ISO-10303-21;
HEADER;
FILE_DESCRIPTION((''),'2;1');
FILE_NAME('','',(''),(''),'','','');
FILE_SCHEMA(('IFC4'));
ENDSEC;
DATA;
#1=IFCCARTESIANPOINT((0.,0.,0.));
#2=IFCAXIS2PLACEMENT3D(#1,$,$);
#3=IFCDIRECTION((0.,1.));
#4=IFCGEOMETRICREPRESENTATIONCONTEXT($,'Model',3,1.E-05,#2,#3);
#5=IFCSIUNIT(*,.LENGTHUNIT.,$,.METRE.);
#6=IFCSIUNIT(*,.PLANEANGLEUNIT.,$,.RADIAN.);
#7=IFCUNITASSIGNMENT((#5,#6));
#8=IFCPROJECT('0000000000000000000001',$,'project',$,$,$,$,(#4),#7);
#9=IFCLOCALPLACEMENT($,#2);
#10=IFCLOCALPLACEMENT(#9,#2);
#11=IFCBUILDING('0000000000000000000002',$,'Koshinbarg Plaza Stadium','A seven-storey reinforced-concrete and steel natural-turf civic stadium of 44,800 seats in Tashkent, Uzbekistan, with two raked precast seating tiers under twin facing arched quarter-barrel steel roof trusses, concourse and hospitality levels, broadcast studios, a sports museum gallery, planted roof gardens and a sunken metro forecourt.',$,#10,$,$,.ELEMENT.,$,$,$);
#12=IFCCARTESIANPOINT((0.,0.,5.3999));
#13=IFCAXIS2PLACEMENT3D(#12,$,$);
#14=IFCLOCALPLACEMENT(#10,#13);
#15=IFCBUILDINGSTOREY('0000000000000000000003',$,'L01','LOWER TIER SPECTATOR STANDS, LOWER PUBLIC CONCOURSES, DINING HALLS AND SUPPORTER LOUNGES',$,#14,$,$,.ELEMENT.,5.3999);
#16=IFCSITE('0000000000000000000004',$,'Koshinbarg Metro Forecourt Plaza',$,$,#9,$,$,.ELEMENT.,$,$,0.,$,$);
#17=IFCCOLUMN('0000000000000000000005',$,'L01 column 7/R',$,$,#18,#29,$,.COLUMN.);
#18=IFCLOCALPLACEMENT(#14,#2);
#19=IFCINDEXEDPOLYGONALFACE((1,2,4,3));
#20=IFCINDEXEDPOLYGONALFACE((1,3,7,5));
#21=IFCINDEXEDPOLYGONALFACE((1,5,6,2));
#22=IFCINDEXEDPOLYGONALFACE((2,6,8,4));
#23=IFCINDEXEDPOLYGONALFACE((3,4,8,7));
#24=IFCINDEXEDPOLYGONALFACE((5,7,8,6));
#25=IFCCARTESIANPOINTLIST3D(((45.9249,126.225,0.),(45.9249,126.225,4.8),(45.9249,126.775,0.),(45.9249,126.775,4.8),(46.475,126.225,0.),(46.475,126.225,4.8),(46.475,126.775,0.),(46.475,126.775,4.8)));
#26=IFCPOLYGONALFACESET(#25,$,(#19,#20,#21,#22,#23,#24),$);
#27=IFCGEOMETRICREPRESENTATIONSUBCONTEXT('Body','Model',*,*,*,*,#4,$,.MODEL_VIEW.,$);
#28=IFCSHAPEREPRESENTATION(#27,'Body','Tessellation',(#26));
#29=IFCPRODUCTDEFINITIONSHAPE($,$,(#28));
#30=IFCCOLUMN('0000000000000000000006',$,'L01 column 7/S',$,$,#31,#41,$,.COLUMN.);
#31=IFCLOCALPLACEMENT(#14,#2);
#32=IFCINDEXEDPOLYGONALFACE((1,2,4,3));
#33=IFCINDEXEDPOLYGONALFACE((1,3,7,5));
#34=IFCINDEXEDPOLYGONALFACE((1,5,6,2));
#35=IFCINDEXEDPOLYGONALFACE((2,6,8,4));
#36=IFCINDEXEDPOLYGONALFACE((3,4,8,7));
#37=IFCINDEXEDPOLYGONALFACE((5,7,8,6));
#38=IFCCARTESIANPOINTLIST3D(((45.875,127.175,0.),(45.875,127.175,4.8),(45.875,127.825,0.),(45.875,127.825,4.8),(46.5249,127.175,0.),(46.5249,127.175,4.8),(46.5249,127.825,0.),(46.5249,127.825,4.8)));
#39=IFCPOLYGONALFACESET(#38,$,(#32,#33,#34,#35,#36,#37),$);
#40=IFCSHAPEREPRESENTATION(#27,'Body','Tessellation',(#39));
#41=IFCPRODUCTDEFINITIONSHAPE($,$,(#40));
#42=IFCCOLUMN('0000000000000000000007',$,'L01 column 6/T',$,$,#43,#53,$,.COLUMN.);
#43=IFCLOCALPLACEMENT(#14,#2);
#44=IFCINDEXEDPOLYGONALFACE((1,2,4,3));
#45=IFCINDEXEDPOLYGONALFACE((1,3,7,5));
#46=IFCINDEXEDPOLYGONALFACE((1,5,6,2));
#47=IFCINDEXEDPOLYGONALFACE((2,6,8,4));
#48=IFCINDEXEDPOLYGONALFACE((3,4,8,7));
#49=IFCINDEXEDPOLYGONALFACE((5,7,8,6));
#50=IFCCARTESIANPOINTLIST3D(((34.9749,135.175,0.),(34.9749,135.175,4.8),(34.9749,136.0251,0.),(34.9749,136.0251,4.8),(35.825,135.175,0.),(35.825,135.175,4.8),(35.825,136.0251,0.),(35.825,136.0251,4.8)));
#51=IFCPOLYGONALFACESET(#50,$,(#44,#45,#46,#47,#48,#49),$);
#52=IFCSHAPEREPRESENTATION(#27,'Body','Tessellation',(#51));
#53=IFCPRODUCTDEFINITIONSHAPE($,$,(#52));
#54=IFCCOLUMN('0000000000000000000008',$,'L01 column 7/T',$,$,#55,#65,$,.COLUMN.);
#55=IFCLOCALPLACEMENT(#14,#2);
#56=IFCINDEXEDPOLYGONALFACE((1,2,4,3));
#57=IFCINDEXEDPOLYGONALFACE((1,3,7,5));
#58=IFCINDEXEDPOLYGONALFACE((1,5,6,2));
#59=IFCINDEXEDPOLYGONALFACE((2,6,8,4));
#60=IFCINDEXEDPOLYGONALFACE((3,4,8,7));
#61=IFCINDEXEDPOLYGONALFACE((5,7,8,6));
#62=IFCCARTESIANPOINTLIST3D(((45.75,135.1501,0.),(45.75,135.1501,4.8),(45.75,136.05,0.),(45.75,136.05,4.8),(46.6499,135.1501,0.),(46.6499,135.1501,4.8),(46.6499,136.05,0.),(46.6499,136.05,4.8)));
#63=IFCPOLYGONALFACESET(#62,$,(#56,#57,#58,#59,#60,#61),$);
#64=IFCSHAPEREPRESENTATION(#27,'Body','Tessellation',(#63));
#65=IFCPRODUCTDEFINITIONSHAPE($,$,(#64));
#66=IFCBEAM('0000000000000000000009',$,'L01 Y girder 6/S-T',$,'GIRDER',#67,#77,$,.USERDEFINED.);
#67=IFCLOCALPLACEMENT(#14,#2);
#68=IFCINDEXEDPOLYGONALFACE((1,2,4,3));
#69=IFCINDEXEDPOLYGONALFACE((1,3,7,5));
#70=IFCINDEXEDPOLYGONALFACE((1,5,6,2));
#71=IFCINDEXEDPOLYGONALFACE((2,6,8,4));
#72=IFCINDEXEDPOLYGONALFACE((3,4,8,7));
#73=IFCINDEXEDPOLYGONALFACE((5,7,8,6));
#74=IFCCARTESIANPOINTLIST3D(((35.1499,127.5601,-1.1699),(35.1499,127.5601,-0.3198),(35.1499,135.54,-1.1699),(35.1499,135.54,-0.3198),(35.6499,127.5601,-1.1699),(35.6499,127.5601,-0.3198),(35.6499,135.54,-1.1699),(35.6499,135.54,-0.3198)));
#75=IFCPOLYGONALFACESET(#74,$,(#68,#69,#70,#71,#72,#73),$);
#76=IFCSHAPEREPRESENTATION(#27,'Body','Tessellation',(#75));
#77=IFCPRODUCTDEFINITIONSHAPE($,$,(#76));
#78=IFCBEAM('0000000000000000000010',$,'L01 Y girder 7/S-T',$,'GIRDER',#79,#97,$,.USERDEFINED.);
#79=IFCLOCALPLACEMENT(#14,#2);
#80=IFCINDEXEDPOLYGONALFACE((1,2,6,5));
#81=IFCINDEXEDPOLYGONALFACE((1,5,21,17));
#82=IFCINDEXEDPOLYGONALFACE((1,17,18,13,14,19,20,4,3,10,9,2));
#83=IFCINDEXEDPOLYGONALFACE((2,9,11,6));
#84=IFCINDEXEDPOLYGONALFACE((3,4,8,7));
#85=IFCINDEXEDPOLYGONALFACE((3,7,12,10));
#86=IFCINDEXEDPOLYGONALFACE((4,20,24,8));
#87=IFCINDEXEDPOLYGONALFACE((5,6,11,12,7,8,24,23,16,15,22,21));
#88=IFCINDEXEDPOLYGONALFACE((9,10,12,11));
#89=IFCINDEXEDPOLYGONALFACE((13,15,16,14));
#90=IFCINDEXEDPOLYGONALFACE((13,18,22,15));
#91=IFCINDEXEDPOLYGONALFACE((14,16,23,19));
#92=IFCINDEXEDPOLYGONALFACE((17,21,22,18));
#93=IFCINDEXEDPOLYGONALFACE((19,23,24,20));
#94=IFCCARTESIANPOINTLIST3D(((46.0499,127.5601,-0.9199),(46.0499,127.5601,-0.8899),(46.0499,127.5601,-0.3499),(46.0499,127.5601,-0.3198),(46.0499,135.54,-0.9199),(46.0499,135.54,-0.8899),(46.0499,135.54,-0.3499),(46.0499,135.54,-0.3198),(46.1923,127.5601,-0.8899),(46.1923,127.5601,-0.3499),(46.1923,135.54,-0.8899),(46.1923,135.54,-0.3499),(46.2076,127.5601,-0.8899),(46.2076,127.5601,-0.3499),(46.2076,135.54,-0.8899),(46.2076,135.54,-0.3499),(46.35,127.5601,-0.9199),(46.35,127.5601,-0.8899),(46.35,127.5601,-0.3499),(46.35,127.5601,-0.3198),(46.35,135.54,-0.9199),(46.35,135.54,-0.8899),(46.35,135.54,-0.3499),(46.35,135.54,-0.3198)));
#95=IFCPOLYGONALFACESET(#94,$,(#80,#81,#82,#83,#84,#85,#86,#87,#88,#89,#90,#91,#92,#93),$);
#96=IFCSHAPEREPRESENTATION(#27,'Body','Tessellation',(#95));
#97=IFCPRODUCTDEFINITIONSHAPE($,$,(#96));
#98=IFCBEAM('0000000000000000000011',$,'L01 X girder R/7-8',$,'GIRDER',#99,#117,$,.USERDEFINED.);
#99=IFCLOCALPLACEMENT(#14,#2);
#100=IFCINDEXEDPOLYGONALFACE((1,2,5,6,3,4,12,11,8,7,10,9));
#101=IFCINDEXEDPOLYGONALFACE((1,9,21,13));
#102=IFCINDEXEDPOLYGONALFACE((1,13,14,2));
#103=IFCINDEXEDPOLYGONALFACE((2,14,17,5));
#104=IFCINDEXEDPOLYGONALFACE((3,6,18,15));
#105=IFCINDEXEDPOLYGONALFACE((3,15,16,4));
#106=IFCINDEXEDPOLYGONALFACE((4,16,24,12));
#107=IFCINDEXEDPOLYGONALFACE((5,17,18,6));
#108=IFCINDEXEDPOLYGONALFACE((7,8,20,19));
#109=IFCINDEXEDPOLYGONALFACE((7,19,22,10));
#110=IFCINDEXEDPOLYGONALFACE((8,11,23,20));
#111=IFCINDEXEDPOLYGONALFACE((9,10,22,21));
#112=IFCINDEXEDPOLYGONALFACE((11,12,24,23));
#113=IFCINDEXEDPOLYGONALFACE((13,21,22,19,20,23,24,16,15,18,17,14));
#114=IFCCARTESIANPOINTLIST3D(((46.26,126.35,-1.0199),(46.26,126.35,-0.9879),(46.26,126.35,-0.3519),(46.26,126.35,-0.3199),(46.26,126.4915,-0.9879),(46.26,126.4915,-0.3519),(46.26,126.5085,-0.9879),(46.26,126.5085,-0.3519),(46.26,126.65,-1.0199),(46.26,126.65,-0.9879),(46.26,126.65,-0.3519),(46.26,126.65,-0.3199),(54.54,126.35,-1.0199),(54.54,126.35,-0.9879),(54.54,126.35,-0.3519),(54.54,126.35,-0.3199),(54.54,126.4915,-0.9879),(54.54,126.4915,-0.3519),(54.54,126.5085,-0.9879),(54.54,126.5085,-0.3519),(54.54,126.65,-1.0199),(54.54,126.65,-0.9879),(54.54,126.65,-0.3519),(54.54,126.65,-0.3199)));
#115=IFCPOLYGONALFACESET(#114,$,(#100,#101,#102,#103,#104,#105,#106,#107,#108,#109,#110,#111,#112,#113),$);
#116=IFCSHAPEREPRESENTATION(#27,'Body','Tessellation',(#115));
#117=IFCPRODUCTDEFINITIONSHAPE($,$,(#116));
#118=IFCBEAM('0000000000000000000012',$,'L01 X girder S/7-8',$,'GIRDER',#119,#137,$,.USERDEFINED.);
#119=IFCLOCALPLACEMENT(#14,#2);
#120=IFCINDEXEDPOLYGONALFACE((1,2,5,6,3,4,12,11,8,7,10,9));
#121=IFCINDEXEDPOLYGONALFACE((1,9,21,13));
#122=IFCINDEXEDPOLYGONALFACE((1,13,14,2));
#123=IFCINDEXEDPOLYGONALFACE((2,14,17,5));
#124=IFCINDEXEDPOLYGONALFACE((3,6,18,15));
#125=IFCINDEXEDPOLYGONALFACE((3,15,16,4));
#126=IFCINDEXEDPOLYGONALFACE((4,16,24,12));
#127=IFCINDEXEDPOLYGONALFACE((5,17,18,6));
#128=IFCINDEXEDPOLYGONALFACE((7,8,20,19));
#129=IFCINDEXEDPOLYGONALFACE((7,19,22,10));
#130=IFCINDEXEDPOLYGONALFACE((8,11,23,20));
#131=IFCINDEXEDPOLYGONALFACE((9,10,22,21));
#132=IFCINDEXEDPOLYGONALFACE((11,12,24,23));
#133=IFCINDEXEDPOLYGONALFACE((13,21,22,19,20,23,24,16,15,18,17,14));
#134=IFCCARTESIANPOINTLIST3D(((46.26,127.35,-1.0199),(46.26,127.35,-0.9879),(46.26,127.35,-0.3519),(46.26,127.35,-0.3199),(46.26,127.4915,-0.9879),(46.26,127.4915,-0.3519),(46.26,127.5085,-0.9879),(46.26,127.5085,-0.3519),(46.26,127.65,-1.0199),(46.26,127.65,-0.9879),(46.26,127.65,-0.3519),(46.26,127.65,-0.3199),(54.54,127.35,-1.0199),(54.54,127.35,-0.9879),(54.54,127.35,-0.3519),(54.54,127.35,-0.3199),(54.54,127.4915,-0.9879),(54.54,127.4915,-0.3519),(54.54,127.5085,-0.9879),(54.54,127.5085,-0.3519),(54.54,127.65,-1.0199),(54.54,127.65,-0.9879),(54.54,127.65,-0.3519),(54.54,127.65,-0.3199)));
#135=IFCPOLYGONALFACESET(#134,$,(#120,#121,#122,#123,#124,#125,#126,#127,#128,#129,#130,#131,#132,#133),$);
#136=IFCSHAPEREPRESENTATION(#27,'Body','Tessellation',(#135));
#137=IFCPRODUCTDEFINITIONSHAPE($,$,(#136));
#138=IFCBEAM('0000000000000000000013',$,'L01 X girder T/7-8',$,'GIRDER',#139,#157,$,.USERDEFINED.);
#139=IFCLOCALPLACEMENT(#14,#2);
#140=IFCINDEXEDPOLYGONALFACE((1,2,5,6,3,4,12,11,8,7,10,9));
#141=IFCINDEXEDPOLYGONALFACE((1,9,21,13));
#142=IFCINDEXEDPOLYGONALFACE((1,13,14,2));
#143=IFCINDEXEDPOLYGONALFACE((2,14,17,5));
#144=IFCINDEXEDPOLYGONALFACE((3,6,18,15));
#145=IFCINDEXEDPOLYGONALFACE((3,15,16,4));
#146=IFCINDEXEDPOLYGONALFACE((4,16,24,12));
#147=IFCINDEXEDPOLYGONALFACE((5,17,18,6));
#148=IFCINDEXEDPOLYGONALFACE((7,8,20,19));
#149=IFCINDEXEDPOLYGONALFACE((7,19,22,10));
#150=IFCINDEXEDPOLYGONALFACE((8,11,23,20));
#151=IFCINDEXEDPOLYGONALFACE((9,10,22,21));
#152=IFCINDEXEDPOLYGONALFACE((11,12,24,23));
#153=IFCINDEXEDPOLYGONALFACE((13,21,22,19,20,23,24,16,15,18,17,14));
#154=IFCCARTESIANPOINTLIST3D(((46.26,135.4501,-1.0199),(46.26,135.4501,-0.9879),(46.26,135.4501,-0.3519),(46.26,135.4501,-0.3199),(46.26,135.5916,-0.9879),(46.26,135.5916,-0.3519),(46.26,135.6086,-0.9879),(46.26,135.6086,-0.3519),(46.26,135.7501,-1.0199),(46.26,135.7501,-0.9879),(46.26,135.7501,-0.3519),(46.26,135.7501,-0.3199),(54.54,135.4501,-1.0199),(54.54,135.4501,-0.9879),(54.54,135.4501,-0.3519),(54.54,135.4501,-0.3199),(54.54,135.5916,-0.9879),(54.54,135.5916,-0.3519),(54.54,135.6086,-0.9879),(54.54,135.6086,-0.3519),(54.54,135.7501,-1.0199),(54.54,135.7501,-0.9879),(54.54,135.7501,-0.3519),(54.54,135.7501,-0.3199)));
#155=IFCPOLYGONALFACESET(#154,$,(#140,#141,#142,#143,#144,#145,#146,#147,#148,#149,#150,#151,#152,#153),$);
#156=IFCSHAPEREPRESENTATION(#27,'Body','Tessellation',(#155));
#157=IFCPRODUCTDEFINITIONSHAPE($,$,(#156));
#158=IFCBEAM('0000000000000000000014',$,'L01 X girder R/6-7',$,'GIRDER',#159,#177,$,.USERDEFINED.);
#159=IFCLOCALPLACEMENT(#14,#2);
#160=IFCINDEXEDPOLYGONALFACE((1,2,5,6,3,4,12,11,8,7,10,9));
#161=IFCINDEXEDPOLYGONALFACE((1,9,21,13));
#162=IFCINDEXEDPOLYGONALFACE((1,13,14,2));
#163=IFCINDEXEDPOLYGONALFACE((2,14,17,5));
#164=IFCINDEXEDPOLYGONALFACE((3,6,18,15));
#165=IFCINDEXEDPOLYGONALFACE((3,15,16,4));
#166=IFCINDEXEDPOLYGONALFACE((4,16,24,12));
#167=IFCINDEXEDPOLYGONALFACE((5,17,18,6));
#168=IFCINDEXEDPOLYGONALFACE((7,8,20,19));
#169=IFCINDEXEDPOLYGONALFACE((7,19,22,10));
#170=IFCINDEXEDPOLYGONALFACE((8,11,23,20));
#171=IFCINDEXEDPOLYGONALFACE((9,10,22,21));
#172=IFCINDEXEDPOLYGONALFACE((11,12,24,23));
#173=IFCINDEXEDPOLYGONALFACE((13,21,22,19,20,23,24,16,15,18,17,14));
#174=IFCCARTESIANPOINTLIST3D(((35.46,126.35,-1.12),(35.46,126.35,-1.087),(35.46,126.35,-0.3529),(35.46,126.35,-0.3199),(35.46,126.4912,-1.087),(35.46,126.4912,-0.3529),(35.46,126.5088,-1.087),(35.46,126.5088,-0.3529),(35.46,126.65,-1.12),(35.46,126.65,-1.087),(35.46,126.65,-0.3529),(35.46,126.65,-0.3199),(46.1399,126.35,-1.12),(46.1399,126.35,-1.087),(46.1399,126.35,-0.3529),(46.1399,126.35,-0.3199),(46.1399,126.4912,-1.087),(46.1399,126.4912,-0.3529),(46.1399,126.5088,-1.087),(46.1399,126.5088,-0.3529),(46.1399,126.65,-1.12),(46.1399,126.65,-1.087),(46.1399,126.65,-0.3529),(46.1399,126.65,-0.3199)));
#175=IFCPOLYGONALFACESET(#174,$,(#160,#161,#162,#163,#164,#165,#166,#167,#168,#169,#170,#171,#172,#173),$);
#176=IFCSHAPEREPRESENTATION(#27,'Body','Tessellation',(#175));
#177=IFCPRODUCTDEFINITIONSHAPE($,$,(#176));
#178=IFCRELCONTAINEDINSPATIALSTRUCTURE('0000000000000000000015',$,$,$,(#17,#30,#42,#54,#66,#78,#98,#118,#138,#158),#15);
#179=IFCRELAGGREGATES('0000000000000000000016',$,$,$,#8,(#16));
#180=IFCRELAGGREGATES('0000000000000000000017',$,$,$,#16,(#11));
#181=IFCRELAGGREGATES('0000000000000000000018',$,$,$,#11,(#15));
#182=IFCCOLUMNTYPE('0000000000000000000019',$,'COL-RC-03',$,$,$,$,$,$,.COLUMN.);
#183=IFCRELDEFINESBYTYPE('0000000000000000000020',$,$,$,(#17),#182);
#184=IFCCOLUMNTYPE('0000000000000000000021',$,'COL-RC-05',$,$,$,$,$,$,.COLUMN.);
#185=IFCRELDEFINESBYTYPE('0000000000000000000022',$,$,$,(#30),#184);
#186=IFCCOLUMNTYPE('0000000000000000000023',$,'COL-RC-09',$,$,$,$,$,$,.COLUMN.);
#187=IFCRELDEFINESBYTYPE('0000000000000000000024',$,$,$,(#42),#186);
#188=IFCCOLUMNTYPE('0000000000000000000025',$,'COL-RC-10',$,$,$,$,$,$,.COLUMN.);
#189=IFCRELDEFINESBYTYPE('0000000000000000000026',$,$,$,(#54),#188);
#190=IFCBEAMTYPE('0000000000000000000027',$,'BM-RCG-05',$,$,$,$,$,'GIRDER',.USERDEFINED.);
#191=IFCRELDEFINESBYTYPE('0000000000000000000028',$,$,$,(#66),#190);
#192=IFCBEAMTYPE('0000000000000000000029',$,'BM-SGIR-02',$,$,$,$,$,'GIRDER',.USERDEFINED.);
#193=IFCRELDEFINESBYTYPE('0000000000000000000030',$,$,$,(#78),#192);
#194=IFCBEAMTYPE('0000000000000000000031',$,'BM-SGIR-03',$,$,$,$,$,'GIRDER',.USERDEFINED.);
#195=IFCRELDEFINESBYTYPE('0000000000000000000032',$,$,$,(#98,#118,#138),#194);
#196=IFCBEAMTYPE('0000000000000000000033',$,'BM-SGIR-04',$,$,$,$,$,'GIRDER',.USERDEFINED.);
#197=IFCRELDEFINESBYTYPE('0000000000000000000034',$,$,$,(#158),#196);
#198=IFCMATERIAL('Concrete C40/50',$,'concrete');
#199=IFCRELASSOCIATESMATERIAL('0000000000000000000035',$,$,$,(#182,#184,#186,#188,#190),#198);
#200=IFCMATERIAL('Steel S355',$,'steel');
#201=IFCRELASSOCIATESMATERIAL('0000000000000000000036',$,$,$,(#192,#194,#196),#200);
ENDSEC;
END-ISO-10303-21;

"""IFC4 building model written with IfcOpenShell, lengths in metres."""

from ifc_helpers import new_model, si_unit, direction, frame, origin, origin_2d, place, context, subcontext, project, spatial, rectangle, i_section, extrude, material, material_profile, profile_set, type_object, element, save


model = new_model("IFC4")

# Units and contexts
model_context = context("Model", 3, precision=1e-05, world=origin(), true_north=direction((0.0, 1.0)))
body_context = subcontext(model_context, "Body", "Model", "MODEL_VIEW")
ifc_project = project(units=[si_unit("LENGTHUNIT", "METRE"), si_unit("PLANEANGLEUNIT", "RADIAN")], contexts=[model_context])

# Site, building, storey
site_placement = place(None, origin())
site = spatial("IfcSite", under=ifc_project, at=site_placement, Name="Koshinbarg Metro Forecourt Plaza", CompositionType="ELEMENT", RefElevation=0.0)
building_placement = place(site_placement, origin())
building = spatial("IfcBuilding", under=site, at=building_placement, Name="Koshinbarg Plaza Stadium", Description="A seven-storey reinforced-concrete and steel natural-turf civic stadium of 44,800 seats in Tashkent, Uzbekistan, with two raked precast seating tiers under twin facing arched quarter-barrel steel roof trusses, concourse and hospitality levels, broadcast studios, a sports museum gallery, planted roof gardens and a sunken metro forecourt.", CompositionType="ELEMENT")
storey_placement = place(building_placement, frame((0.0, 0.0, 5.3999)))
storey = spatial("IfcBuildingStorey", under=building, at=storey_placement, Name="L01", Description="LOWER TIER SPECTATOR STANDS, LOWER PUBLIC CONCOURSES, DINING HALLS AND SUPPORTER LOUNGES", CompositionType="ELEMENT", Elevation=5.3999)

# Columns
ifc_material_1 = material(Name="Concrete C40/50", Category="concrete")
ifc_material_profile_1 = material_profile(ifc_material_1, rectangle(XDim=0.55, YDim=0.55, at=origin_2d()), Name="RC 550x550")
ifc_profile_set_1 = profile_set([ifc_material_profile_1], Name="Concrete C40/50")
column_type_1 = type_object("IfcColumnType", Name="COL-RC-03", PredefinedType="COLUMN", material=ifc_profile_set_1)
column_1_placement = place(storey_placement, frame((46.2, 126.5, 0.0), z_axis=(0.0, 0.0, 1.0), x_axis=(1.0, 0.0, 0.0)))
element("IfcColumn", 1, at=column_1_placement, inside=storey, type_object=column_type_1, Name="L01 column 7/R", PredefinedType="COLUMN", context=body_context, shape_type="SweptSolid", body=[
    extrude(rectangle(XDim=0.55, YDim=0.55, at=origin_2d()), origin(), (0.0, 0.0, 1.0), 4.8),
])
ifc_material_profile_2 = material_profile(ifc_material_1, rectangle(XDim=0.6499, YDim=0.6499, at=origin_2d()), Name="RC 650x650")
ifc_profile_set_2 = profile_set([ifc_material_profile_2], Name="Concrete C40/50")
column_type_2 = type_object("IfcColumnType", Name="COL-RC-05", PredefinedType="COLUMN", material=ifc_profile_set_2)
column_2_placement = place(storey_placement, frame((46.2, 127.5, 0.0), z_axis=(0.0, 0.0, 1.0), x_axis=(1.0, 0.0, 0.0)))
element("IfcColumn", 2, at=column_2_placement, inside=storey, type_object=column_type_2, Name="L01 column 7/S", PredefinedType="COLUMN", context=body_context, shape_type="SweptSolid", body=[
    extrude(rectangle(XDim=0.6499, YDim=0.6499, at=origin_2d()), origin(), (0.0, 0.0, 1.0), 4.8),
])
ifc_material_profile_3 = material_profile(ifc_material_1, rectangle(XDim=0.8501, YDim=0.8501, at=origin_2d()), Name="RC 850x850")
ifc_profile_set_3 = profile_set([ifc_material_profile_3], Name="Concrete C40/50")
column_type_3 = type_object("IfcColumnType", Name="COL-RC-09", PredefinedType="COLUMN", material=ifc_profile_set_3)
column_3_placement = place(storey_placement, frame((35.3999, 135.6001, 0.0), z_axis=(0.0, 0.0, 1.0), x_axis=(1.0, 0.0, 0.0)))
element("IfcColumn", 3, at=column_3_placement, inside=storey, type_object=column_type_3, Name="L01 column 6/T", PredefinedType="COLUMN", context=body_context, shape_type="SweptSolid", body=[
    extrude(rectangle(XDim=0.8501, YDim=0.8501, at=origin_2d()), origin(), (0.0, 0.0, 1.0), 4.8),
])
ifc_material_profile_4 = material_profile(ifc_material_1, rectangle(XDim=0.8999, YDim=0.8999, at=origin_2d()), Name="RC 900x900")
ifc_profile_set_4 = profile_set([ifc_material_profile_4], Name="Concrete C40/50")
column_type_4 = type_object("IfcColumnType", Name="COL-RC-10", PredefinedType="COLUMN", material=ifc_profile_set_4)
column_4_placement = place(storey_placement, frame((46.2, 135.6001, 0.0), z_axis=(0.0, 0.0, 1.0), x_axis=(1.0, 0.0, 0.0)))
element("IfcColumn", 4, at=column_4_placement, inside=storey, type_object=column_type_4, Name="L01 column 7/T", PredefinedType="COLUMN", context=body_context, shape_type="SweptSolid", body=[
    extrude(rectangle(XDim=0.8999, YDim=0.8999, at=origin_2d()), origin(), (0.0, 0.0, 1.0), 4.8),
])

# Beams
ifc_material_profile_5 = material_profile(ifc_material_1, rectangle(XDim=0.5, YDim=0.8501, at=origin_2d()), Name="RC 500x850")
ifc_profile_set_5 = profile_set([ifc_material_profile_5], Name="Concrete C40/50")
beam_type_1 = type_object("IfcBeamType", Name="BM-RCG-05", ElementType="GIRDER", PredefinedType="USERDEFINED", material=ifc_profile_set_5)
beam_1_placement = place(storey_placement, frame((35.3999, 127.5601, -0.7449), z_axis=(0.0, 1.0, 0.0), x_axis=(-1.0, 0.0, 0.0)))
element("IfcBeam", 5, at=beam_1_placement, inside=storey, type_object=beam_type_1, Name="L01 Y girder 6/S-T", ObjectType="GIRDER", PredefinedType="USERDEFINED", context=body_context, shape_type="SweptSolid", body=[
    extrude(rectangle(XDim=0.5, YDim=0.8501, at=origin_2d()), origin(), (0.0, 0.0, 1.0), 7.98),
])
ifc_material_2 = material(Name="Steel S355", Category="steel")
ifc_material_profile_6 = material_profile(ifc_material_2, i_section(OverallWidth=0.3, OverallDepth=0.6001, WebThickness=0.0154, FlangeThickness=0.03, at=origin_2d()), Name="HEB 600")
ifc_profile_set_6 = profile_set([ifc_material_profile_6], Name="Steel S355")
beam_type_2 = type_object("IfcBeamType", Name="BM-SGIR-02", ElementType="GIRDER", PredefinedType="USERDEFINED", material=ifc_profile_set_6)
beam_2_placement = place(storey_placement, frame((46.2, 127.5601, -0.6199), z_axis=(0.0, 1.0, 0.0), x_axis=(-1.0, 0.0, 0.0)))
element("IfcBeam", 6, at=beam_2_placement, inside=storey, type_object=beam_type_2, Name="L01 Y girder 7/S-T", ObjectType="GIRDER", PredefinedType="USERDEFINED", context=body_context, shape_type="SweptSolid", body=[
    extrude(i_section(OverallWidth=0.3, OverallDepth=0.6001, WebThickness=0.0154, FlangeThickness=0.03, at=origin_2d()), origin(), (0.0, 0.0, 1.0), 7.98),
])
ifc_material_profile_7 = material_profile(ifc_material_2, i_section(OverallWidth=0.3, OverallDepth=0.7, WebThickness=0.0171, FlangeThickness=0.032, at=origin_2d()), Name="HEB 700")
ifc_profile_set_7 = profile_set([ifc_material_profile_7], Name="Steel S355")
beam_type_3 = type_object("IfcBeamType", Name="BM-SGIR-03", ElementType="GIRDER", PredefinedType="USERDEFINED", material=ifc_profile_set_7)
for number, where, z_axis, x_axis, name in (
    (7, (46.26, 126.5, -0.6699), (1.0, 0.0, 0.0), (0.0, 1.0, 0.0), "L01 X girder R/7-8"),
    (8, (46.26, 127.5, -0.6699), (1.0, 0.0, 0.0), (0.0, 1.0, 0.0), "L01 X girder S/7-8"),
    (9, (46.26, 135.6001, -0.6699), (1.0, 0.0, 0.0), (0.0, 1.0, 0.0), "L01 X girder T/7-8"),
):
    element("IfcBeam", number, at=place(storey_placement, frame(where, z_axis=z_axis, x_axis=x_axis)), inside=storey, type_object=beam_type_3, Name=name, ObjectType="GIRDER", PredefinedType="USERDEFINED", context=body_context, shape_type="SweptSolid", body=[
        extrude(i_section(OverallWidth=0.3, OverallDepth=0.7, WebThickness=0.0171, FlangeThickness=0.032, at=origin_2d()), origin(), (0.0, 0.0, 1.0), 8.28),
    ])
ifc_material_profile_8 = material_profile(ifc_material_2, i_section(OverallWidth=0.3, OverallDepth=0.8, WebThickness=0.0176, FlangeThickness=0.033, at=origin_2d()), Name="HEB 800")
ifc_profile_set_8 = profile_set([ifc_material_profile_8], Name="Steel S355")
beam_type_4 = type_object("IfcBeamType", Name="BM-SGIR-04", ElementType="GIRDER", PredefinedType="USERDEFINED", material=ifc_profile_set_8)
for number, where, z_axis, x_axis, name in (
    (10, (35.46, 126.5, -0.72), (1.0, 0.0, 0.0), (0.0, 1.0, 0.0), "L01 X girder R/6-7"),
):
    element("IfcBeam", number, at=place(storey_placement, frame(where, z_axis=z_axis, x_axis=x_axis)), inside=storey, type_object=beam_type_4, Name=name, ObjectType="GIRDER", PredefinedType="USERDEFINED", context=body_context, shape_type="SweptSolid", body=[
        extrude(i_section(OverallWidth=0.3, OverallDepth=0.8, WebThickness=0.0176, FlangeThickness=0.033, at=origin_2d()), origin(), (0.0, 0.0, 1.0), 10.6799),
    ])

save(model, "model.ifc")
